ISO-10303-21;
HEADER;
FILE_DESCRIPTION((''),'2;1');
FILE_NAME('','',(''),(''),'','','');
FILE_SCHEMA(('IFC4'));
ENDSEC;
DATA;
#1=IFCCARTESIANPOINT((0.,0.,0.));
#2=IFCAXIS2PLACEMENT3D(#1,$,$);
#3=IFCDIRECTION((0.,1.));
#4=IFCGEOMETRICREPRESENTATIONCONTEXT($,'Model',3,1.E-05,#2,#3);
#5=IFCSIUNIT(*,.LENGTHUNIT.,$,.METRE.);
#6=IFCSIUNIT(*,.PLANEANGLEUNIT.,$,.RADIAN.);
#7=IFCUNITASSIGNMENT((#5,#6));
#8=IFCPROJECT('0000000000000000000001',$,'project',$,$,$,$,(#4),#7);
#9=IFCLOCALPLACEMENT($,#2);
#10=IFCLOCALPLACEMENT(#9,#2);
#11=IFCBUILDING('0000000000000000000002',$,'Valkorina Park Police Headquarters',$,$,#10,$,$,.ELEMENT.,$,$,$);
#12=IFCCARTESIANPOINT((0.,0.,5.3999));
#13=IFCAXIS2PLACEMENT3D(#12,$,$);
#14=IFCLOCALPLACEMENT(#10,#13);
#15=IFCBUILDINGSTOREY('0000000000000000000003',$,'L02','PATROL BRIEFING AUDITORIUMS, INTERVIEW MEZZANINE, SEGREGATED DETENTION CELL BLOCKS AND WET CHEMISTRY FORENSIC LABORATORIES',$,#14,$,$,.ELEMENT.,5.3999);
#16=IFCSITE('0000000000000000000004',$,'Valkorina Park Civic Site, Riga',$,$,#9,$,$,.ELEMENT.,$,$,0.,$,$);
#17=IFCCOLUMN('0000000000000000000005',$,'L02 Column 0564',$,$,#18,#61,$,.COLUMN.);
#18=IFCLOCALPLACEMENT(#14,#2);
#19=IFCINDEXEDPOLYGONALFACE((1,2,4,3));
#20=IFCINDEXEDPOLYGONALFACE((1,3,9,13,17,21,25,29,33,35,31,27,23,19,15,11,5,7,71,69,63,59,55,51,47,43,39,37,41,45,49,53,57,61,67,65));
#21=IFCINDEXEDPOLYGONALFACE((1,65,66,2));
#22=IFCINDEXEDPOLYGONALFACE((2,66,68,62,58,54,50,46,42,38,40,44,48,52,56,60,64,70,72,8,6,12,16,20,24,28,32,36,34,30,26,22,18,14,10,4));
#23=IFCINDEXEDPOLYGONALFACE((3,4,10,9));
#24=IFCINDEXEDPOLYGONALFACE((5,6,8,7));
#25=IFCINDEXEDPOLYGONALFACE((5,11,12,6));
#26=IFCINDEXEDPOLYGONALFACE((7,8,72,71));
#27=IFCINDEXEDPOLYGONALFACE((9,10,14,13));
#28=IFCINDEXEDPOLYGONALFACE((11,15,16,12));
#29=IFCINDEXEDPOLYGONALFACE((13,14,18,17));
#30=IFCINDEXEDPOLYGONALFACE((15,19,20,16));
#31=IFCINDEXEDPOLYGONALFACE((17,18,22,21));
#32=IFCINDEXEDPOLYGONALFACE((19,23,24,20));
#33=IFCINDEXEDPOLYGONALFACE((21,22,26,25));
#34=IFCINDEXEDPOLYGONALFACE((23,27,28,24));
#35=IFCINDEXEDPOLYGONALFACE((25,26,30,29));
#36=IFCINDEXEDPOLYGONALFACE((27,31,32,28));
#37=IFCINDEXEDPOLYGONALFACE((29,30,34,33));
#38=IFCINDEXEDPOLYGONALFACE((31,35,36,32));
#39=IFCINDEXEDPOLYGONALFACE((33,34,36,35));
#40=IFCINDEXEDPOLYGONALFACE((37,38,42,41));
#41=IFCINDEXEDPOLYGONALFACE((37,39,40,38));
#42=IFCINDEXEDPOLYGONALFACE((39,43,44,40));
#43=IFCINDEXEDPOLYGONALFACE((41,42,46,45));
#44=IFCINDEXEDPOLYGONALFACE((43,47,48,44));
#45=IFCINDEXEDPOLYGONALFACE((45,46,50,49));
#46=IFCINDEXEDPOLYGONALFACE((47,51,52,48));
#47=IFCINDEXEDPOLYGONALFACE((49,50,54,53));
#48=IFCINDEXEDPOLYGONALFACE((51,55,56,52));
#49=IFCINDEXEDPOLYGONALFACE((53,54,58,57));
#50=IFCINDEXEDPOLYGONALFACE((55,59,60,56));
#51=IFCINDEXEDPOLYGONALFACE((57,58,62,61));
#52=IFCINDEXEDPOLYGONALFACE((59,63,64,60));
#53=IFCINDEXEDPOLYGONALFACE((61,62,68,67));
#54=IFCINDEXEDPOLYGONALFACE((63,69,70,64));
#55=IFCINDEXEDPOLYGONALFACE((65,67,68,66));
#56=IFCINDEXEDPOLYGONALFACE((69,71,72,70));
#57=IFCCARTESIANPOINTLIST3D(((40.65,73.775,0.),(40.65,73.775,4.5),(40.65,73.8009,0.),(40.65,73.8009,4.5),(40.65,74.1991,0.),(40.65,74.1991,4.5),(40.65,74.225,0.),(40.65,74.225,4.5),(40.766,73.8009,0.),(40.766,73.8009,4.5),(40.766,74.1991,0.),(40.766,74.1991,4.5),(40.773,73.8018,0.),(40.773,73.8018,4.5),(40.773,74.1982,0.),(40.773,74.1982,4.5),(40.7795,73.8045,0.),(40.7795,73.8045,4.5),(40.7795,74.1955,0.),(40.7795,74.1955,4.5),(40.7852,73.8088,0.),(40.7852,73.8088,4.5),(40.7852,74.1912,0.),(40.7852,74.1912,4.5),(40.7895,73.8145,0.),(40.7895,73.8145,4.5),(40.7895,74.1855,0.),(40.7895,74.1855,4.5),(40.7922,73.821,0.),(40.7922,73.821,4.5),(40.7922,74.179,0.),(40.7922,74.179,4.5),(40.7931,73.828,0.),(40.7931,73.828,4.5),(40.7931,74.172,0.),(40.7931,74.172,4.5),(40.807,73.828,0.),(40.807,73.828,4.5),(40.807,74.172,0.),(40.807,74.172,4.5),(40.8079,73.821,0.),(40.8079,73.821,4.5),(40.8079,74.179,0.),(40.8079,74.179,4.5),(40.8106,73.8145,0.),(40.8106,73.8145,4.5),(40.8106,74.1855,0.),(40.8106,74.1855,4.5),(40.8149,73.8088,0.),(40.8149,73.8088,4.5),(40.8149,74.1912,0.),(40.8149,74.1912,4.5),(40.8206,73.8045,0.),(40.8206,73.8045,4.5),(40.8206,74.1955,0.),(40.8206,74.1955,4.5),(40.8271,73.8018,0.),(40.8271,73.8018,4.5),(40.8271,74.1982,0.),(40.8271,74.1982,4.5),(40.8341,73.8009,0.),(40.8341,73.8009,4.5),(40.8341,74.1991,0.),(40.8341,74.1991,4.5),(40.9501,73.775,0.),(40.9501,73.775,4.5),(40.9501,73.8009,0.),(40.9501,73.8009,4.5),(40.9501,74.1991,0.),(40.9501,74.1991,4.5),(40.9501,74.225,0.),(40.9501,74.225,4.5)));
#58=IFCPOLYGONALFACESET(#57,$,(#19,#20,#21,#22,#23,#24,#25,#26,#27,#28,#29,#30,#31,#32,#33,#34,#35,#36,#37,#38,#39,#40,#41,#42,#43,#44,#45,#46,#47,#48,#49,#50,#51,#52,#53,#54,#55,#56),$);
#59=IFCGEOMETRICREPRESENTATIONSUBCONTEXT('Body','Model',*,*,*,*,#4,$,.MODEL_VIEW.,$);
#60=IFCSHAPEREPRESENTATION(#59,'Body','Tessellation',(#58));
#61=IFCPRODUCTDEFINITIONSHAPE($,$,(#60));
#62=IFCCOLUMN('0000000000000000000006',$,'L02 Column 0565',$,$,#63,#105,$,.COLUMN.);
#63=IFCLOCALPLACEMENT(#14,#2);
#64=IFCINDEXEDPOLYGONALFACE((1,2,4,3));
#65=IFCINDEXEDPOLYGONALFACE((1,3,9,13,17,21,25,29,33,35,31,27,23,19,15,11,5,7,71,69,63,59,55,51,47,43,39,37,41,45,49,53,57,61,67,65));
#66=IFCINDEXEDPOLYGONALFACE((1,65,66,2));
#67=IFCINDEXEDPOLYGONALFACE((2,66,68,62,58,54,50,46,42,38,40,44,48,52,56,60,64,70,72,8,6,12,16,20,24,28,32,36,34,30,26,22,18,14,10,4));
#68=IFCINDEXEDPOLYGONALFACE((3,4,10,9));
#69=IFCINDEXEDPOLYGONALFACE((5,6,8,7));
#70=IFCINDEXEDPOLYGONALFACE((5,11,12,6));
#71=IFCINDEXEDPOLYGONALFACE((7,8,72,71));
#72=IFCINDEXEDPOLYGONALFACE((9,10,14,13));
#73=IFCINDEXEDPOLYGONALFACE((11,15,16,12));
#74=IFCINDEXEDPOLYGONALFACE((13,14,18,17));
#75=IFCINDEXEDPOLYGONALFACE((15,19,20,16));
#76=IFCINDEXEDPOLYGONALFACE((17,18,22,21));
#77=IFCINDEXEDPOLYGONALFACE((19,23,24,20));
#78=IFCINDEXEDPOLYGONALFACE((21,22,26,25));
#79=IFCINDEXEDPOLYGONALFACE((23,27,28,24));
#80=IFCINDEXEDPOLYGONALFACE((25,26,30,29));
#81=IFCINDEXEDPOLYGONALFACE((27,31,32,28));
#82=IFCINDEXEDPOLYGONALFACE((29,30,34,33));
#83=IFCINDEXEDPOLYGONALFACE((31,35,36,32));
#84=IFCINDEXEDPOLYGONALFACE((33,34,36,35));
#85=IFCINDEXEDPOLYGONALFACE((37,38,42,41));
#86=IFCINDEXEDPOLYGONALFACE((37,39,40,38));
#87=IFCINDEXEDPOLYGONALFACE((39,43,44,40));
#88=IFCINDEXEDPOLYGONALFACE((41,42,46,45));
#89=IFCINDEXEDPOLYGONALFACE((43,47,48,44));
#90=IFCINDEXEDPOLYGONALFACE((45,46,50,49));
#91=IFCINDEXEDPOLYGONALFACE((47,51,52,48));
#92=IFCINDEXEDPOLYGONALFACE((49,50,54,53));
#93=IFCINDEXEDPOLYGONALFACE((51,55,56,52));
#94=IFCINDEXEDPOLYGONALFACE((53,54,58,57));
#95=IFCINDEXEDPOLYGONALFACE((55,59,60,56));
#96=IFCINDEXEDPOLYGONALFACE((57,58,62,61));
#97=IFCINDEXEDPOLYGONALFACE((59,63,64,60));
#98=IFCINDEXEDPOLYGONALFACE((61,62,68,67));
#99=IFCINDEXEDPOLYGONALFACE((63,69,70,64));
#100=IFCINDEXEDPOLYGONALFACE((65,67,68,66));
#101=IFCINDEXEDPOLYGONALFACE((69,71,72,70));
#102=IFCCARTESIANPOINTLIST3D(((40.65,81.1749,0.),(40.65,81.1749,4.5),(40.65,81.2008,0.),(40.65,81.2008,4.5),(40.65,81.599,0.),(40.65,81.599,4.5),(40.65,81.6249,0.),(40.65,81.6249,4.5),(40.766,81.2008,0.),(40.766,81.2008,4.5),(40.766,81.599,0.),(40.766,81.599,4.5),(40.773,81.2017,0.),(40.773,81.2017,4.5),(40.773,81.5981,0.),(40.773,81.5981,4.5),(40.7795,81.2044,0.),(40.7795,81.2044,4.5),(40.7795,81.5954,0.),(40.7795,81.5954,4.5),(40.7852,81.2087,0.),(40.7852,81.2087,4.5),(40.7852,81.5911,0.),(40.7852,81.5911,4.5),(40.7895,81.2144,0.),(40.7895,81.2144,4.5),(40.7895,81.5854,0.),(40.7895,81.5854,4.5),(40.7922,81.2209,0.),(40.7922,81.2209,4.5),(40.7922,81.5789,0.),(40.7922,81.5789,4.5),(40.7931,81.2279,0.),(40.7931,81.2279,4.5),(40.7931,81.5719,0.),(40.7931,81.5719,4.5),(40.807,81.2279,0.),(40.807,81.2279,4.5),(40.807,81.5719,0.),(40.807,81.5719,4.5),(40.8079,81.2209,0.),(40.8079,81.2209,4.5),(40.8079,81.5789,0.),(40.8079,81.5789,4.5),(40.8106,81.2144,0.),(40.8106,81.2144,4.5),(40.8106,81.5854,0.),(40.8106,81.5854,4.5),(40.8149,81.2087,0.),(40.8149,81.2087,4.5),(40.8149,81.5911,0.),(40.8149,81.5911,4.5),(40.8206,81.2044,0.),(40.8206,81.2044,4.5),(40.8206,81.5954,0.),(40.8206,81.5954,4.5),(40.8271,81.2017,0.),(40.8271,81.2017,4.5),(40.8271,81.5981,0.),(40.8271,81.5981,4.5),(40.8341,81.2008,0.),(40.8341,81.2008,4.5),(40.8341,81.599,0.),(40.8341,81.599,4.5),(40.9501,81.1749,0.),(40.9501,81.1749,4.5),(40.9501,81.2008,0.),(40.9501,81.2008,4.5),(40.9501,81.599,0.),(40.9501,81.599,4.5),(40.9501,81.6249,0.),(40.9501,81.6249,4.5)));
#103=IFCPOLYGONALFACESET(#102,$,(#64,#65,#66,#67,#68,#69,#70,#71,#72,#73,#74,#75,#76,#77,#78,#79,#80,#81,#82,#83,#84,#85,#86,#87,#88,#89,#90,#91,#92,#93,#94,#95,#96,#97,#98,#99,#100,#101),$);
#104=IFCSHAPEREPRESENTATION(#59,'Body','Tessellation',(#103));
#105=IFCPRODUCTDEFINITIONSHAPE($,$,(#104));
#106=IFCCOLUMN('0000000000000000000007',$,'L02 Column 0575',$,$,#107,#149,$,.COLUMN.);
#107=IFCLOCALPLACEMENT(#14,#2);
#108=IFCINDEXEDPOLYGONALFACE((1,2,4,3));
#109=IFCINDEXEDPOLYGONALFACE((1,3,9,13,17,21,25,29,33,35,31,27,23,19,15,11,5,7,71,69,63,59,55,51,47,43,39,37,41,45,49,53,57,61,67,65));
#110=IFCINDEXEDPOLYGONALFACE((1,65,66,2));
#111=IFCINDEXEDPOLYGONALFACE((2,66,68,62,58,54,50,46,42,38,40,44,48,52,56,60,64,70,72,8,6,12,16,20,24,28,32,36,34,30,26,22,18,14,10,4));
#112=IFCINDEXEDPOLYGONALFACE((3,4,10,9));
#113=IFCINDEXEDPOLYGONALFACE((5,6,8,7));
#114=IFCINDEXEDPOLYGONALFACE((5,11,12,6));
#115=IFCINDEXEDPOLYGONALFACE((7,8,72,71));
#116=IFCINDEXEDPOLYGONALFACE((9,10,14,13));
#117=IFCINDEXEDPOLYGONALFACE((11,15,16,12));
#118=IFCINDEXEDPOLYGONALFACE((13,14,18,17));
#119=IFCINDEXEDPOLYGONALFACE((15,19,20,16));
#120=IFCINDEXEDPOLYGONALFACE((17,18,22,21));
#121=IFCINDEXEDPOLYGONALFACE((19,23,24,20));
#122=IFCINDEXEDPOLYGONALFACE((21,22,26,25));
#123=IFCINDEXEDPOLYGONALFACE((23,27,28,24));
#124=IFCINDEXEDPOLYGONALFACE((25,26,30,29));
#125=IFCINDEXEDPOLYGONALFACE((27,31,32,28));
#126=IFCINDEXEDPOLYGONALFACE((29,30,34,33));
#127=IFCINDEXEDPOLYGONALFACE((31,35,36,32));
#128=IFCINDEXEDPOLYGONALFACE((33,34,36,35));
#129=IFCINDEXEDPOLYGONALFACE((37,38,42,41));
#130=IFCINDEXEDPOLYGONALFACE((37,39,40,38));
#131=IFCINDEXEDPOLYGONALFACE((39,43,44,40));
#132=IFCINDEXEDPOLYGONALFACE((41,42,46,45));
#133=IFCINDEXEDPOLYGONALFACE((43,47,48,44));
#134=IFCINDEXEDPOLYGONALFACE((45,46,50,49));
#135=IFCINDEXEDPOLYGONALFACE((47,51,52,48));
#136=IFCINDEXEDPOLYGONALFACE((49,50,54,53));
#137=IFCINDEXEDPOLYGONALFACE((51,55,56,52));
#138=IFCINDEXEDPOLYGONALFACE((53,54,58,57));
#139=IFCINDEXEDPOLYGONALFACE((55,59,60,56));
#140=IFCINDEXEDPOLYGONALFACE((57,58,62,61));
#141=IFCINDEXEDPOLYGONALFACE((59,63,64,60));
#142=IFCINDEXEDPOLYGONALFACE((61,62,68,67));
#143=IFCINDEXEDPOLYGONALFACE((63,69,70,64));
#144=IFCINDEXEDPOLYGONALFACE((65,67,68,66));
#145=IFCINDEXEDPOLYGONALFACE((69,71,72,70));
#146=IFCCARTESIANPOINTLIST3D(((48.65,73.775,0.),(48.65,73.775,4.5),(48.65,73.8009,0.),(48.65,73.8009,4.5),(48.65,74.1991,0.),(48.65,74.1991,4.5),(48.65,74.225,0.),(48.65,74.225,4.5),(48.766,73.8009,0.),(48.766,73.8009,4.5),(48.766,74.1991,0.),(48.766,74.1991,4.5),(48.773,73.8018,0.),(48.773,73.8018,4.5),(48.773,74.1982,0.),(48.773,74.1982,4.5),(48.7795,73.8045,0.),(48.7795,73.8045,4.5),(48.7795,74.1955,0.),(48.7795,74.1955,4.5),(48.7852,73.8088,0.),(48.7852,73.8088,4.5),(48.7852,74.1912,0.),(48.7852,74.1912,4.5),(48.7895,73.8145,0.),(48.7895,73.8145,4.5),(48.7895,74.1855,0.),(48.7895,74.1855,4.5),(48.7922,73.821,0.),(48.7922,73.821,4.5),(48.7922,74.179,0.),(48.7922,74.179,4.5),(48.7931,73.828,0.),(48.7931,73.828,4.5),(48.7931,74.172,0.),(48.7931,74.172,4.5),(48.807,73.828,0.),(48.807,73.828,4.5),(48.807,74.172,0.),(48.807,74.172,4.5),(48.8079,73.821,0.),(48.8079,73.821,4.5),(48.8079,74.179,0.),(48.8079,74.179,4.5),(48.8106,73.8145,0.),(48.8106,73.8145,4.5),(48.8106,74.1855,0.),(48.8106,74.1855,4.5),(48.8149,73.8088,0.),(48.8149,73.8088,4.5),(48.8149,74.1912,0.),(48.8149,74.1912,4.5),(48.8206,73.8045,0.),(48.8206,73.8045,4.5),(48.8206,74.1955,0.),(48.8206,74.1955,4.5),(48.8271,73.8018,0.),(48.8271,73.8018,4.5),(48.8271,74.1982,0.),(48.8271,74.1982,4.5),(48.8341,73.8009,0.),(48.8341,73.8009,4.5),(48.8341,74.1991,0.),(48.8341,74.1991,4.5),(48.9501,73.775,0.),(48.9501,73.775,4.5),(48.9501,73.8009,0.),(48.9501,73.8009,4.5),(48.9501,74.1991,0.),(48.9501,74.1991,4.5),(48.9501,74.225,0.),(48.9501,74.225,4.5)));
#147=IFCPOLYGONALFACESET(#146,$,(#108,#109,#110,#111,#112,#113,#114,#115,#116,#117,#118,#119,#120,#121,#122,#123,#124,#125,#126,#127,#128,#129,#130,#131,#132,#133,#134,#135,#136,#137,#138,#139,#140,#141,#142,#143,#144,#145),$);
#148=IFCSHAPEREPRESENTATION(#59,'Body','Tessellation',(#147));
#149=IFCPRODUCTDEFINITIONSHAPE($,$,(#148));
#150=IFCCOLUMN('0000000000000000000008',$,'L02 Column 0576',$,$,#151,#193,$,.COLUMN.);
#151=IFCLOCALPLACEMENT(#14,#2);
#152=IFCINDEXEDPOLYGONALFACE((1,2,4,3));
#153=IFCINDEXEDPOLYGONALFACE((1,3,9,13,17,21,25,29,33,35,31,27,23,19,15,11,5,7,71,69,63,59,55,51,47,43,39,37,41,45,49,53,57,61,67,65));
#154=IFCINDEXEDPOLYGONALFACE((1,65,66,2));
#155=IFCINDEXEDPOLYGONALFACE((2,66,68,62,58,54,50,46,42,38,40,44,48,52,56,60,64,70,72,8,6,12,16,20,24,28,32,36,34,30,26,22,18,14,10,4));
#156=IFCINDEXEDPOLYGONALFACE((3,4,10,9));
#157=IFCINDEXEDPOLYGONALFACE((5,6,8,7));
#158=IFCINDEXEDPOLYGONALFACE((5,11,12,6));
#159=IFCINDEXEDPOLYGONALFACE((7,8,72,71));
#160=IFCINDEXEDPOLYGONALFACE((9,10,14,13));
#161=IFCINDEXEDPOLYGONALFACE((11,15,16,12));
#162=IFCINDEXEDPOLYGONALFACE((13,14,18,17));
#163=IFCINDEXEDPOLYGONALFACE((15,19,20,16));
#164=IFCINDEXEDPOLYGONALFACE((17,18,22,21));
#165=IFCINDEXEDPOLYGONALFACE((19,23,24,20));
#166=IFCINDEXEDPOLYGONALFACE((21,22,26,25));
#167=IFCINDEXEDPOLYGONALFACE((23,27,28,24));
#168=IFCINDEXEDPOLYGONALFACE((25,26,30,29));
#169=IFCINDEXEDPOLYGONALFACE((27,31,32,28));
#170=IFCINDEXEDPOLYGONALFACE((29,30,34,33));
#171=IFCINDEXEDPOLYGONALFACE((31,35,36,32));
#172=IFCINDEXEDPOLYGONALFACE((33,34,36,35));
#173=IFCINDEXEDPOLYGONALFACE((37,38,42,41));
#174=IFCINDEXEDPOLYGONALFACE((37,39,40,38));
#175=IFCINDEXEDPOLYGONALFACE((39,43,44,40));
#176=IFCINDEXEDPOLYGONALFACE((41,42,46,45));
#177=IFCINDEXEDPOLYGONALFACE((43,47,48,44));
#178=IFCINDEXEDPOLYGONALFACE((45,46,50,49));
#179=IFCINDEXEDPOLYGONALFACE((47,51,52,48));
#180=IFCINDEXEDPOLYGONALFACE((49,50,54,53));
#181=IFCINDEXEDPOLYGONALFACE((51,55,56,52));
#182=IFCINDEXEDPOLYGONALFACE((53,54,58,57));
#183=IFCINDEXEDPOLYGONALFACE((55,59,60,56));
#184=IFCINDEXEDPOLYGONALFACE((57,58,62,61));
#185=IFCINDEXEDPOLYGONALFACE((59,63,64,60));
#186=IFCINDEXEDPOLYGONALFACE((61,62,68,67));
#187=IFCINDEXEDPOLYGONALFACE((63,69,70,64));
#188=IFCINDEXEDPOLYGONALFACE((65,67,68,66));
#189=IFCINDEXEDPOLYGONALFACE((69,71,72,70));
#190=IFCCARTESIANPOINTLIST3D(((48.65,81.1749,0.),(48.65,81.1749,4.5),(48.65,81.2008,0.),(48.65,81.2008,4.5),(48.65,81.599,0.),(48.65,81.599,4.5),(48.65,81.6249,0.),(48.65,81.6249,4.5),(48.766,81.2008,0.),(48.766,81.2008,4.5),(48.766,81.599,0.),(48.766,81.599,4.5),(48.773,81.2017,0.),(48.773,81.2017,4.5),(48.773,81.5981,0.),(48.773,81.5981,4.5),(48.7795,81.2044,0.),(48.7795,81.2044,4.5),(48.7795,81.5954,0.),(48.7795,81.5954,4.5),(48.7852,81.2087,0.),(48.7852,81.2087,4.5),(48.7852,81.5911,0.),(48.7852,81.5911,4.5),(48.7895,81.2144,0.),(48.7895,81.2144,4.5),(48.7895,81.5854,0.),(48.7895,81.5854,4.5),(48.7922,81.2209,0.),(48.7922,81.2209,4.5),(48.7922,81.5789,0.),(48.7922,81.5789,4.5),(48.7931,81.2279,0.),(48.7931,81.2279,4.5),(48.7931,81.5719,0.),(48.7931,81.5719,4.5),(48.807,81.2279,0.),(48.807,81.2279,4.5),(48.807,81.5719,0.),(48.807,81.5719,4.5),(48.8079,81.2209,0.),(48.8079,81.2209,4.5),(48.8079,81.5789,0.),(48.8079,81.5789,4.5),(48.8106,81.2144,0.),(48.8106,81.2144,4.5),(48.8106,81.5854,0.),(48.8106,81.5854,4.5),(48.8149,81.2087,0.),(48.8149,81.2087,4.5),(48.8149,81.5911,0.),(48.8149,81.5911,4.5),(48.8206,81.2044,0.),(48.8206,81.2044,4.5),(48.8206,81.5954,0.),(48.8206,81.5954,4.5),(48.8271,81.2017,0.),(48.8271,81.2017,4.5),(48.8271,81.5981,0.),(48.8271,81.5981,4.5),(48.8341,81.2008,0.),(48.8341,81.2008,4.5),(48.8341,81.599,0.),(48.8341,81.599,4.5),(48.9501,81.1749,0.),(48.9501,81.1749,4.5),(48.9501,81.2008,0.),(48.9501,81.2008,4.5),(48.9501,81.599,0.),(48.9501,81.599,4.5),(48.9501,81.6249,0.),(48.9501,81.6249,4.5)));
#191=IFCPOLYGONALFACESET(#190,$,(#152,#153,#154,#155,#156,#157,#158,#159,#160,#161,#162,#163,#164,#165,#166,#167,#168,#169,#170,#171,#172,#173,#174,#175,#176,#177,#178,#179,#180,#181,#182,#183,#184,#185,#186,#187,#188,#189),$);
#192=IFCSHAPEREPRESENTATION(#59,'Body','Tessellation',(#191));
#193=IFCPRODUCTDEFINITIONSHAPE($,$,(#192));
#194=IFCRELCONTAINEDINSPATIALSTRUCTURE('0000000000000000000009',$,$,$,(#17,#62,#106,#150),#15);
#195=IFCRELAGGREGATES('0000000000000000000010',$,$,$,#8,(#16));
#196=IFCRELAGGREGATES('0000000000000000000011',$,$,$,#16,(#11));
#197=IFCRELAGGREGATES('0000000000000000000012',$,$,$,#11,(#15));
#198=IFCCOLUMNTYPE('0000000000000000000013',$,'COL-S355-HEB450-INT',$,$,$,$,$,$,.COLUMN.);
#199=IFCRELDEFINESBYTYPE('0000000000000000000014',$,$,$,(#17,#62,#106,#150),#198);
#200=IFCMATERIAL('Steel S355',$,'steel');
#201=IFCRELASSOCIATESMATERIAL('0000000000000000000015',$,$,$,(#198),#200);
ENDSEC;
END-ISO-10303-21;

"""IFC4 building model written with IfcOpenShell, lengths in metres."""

from ifc_helpers import new_model, si_unit, direction, frame, origin, origin_2d, place, context, subcontext, project, spatial, i_section, extrude, material, material_profile, profile_set, type_object, element, save


model = new_model("IFC4")

# Units and contexts
model_context = context("Model", 3, precision=1e-05, world=origin(), true_north=direction((0.0, 1.0)))
body_context = subcontext(model_context, "Body", "Model", "MODEL_VIEW")
ifc_project = project(units=[si_unit("LENGTHUNIT", "METRE"), si_unit("PLANEANGLEUNIT", "RADIAN")], contexts=[model_context])

# Site, building, storey
site_placement = place(None, origin())
site = spatial("IfcSite", under=ifc_project, at=site_placement, Name="Valkorina Park Civic Site, Riga", CompositionType="ELEMENT", RefElevation=0.0)
building_placement = place(site_placement, origin())
building = spatial("IfcBuilding", under=site, at=building_placement, Name="Valkorina Park Police Headquarters", CompositionType="ELEMENT")
storey_placement = place(building_placement, frame((0.0, 0.0, 5.3999)))
storey = spatial("IfcBuildingStorey", under=building, at=storey_placement, Name="L02", Description="PATROL BRIEFING AUDITORIUMS, INTERVIEW MEZZANINE, SEGREGATED DETENTION CELL BLOCKS AND WET CHEMISTRY FORENSIC LABORATORIES", CompositionType="ELEMENT", Elevation=5.3999)

# Columns
ifc_material_1 = material(Name="Steel S355", Category="steel")
ifc_material_profile_1 = material_profile(ifc_material_1, i_section(OverallWidth=0.3, OverallDepth=0.45, WebThickness=0.0139, FlangeThickness=0.0259, FilletRadius=0.0271, at=origin_2d()), Name="HEB 450")
ifc_profile_set_1 = profile_set([ifc_material_profile_1], Name="Steel S355")
column_type = type_object("IfcColumnType", Name="COL-S355-HEB450-INT", PredefinedType="COLUMN", material=ifc_profile_set_1)
for number, where, z_axis, x_axis, name in (
    (1, (40.8, 74.0, 0.0), (0.0, 0.0, 1.0), (1.0, 0.0, 0.0), "L02 Column 0564"),
    (2, (40.8, 81.3999, 0.0), (0.0, 0.0, 1.0), (1.0, 0.0, 0.0), "L02 Column 0565"),
    (3, (48.8, 74.0, 0.0), (0.0, 0.0, 1.0), (1.0, 0.0, 0.0), "L02 Column 0575"),
    (4, (48.8, 81.3999, 0.0), (0.0, 0.0, 1.0), (1.0, 0.0, 0.0), "L02 Column 0576"),
):
    element("IfcColumn", number, at=place(storey_placement, frame(where, z_axis=z_axis, x_axis=x_axis)), inside=storey, type_object=column_type, Name=name, PredefinedType="COLUMN", context=body_context, shape_type="SweptSolid", body=[
        extrude(i_section(OverallWidth=0.3, OverallDepth=0.45, WebThickness=0.0139, FlangeThickness=0.0259, FilletRadius=0.0271, at=origin_2d()), origin(), (0.0, 0.0, 1.0), 4.5),
    ])

save(model, "model.ifc")
